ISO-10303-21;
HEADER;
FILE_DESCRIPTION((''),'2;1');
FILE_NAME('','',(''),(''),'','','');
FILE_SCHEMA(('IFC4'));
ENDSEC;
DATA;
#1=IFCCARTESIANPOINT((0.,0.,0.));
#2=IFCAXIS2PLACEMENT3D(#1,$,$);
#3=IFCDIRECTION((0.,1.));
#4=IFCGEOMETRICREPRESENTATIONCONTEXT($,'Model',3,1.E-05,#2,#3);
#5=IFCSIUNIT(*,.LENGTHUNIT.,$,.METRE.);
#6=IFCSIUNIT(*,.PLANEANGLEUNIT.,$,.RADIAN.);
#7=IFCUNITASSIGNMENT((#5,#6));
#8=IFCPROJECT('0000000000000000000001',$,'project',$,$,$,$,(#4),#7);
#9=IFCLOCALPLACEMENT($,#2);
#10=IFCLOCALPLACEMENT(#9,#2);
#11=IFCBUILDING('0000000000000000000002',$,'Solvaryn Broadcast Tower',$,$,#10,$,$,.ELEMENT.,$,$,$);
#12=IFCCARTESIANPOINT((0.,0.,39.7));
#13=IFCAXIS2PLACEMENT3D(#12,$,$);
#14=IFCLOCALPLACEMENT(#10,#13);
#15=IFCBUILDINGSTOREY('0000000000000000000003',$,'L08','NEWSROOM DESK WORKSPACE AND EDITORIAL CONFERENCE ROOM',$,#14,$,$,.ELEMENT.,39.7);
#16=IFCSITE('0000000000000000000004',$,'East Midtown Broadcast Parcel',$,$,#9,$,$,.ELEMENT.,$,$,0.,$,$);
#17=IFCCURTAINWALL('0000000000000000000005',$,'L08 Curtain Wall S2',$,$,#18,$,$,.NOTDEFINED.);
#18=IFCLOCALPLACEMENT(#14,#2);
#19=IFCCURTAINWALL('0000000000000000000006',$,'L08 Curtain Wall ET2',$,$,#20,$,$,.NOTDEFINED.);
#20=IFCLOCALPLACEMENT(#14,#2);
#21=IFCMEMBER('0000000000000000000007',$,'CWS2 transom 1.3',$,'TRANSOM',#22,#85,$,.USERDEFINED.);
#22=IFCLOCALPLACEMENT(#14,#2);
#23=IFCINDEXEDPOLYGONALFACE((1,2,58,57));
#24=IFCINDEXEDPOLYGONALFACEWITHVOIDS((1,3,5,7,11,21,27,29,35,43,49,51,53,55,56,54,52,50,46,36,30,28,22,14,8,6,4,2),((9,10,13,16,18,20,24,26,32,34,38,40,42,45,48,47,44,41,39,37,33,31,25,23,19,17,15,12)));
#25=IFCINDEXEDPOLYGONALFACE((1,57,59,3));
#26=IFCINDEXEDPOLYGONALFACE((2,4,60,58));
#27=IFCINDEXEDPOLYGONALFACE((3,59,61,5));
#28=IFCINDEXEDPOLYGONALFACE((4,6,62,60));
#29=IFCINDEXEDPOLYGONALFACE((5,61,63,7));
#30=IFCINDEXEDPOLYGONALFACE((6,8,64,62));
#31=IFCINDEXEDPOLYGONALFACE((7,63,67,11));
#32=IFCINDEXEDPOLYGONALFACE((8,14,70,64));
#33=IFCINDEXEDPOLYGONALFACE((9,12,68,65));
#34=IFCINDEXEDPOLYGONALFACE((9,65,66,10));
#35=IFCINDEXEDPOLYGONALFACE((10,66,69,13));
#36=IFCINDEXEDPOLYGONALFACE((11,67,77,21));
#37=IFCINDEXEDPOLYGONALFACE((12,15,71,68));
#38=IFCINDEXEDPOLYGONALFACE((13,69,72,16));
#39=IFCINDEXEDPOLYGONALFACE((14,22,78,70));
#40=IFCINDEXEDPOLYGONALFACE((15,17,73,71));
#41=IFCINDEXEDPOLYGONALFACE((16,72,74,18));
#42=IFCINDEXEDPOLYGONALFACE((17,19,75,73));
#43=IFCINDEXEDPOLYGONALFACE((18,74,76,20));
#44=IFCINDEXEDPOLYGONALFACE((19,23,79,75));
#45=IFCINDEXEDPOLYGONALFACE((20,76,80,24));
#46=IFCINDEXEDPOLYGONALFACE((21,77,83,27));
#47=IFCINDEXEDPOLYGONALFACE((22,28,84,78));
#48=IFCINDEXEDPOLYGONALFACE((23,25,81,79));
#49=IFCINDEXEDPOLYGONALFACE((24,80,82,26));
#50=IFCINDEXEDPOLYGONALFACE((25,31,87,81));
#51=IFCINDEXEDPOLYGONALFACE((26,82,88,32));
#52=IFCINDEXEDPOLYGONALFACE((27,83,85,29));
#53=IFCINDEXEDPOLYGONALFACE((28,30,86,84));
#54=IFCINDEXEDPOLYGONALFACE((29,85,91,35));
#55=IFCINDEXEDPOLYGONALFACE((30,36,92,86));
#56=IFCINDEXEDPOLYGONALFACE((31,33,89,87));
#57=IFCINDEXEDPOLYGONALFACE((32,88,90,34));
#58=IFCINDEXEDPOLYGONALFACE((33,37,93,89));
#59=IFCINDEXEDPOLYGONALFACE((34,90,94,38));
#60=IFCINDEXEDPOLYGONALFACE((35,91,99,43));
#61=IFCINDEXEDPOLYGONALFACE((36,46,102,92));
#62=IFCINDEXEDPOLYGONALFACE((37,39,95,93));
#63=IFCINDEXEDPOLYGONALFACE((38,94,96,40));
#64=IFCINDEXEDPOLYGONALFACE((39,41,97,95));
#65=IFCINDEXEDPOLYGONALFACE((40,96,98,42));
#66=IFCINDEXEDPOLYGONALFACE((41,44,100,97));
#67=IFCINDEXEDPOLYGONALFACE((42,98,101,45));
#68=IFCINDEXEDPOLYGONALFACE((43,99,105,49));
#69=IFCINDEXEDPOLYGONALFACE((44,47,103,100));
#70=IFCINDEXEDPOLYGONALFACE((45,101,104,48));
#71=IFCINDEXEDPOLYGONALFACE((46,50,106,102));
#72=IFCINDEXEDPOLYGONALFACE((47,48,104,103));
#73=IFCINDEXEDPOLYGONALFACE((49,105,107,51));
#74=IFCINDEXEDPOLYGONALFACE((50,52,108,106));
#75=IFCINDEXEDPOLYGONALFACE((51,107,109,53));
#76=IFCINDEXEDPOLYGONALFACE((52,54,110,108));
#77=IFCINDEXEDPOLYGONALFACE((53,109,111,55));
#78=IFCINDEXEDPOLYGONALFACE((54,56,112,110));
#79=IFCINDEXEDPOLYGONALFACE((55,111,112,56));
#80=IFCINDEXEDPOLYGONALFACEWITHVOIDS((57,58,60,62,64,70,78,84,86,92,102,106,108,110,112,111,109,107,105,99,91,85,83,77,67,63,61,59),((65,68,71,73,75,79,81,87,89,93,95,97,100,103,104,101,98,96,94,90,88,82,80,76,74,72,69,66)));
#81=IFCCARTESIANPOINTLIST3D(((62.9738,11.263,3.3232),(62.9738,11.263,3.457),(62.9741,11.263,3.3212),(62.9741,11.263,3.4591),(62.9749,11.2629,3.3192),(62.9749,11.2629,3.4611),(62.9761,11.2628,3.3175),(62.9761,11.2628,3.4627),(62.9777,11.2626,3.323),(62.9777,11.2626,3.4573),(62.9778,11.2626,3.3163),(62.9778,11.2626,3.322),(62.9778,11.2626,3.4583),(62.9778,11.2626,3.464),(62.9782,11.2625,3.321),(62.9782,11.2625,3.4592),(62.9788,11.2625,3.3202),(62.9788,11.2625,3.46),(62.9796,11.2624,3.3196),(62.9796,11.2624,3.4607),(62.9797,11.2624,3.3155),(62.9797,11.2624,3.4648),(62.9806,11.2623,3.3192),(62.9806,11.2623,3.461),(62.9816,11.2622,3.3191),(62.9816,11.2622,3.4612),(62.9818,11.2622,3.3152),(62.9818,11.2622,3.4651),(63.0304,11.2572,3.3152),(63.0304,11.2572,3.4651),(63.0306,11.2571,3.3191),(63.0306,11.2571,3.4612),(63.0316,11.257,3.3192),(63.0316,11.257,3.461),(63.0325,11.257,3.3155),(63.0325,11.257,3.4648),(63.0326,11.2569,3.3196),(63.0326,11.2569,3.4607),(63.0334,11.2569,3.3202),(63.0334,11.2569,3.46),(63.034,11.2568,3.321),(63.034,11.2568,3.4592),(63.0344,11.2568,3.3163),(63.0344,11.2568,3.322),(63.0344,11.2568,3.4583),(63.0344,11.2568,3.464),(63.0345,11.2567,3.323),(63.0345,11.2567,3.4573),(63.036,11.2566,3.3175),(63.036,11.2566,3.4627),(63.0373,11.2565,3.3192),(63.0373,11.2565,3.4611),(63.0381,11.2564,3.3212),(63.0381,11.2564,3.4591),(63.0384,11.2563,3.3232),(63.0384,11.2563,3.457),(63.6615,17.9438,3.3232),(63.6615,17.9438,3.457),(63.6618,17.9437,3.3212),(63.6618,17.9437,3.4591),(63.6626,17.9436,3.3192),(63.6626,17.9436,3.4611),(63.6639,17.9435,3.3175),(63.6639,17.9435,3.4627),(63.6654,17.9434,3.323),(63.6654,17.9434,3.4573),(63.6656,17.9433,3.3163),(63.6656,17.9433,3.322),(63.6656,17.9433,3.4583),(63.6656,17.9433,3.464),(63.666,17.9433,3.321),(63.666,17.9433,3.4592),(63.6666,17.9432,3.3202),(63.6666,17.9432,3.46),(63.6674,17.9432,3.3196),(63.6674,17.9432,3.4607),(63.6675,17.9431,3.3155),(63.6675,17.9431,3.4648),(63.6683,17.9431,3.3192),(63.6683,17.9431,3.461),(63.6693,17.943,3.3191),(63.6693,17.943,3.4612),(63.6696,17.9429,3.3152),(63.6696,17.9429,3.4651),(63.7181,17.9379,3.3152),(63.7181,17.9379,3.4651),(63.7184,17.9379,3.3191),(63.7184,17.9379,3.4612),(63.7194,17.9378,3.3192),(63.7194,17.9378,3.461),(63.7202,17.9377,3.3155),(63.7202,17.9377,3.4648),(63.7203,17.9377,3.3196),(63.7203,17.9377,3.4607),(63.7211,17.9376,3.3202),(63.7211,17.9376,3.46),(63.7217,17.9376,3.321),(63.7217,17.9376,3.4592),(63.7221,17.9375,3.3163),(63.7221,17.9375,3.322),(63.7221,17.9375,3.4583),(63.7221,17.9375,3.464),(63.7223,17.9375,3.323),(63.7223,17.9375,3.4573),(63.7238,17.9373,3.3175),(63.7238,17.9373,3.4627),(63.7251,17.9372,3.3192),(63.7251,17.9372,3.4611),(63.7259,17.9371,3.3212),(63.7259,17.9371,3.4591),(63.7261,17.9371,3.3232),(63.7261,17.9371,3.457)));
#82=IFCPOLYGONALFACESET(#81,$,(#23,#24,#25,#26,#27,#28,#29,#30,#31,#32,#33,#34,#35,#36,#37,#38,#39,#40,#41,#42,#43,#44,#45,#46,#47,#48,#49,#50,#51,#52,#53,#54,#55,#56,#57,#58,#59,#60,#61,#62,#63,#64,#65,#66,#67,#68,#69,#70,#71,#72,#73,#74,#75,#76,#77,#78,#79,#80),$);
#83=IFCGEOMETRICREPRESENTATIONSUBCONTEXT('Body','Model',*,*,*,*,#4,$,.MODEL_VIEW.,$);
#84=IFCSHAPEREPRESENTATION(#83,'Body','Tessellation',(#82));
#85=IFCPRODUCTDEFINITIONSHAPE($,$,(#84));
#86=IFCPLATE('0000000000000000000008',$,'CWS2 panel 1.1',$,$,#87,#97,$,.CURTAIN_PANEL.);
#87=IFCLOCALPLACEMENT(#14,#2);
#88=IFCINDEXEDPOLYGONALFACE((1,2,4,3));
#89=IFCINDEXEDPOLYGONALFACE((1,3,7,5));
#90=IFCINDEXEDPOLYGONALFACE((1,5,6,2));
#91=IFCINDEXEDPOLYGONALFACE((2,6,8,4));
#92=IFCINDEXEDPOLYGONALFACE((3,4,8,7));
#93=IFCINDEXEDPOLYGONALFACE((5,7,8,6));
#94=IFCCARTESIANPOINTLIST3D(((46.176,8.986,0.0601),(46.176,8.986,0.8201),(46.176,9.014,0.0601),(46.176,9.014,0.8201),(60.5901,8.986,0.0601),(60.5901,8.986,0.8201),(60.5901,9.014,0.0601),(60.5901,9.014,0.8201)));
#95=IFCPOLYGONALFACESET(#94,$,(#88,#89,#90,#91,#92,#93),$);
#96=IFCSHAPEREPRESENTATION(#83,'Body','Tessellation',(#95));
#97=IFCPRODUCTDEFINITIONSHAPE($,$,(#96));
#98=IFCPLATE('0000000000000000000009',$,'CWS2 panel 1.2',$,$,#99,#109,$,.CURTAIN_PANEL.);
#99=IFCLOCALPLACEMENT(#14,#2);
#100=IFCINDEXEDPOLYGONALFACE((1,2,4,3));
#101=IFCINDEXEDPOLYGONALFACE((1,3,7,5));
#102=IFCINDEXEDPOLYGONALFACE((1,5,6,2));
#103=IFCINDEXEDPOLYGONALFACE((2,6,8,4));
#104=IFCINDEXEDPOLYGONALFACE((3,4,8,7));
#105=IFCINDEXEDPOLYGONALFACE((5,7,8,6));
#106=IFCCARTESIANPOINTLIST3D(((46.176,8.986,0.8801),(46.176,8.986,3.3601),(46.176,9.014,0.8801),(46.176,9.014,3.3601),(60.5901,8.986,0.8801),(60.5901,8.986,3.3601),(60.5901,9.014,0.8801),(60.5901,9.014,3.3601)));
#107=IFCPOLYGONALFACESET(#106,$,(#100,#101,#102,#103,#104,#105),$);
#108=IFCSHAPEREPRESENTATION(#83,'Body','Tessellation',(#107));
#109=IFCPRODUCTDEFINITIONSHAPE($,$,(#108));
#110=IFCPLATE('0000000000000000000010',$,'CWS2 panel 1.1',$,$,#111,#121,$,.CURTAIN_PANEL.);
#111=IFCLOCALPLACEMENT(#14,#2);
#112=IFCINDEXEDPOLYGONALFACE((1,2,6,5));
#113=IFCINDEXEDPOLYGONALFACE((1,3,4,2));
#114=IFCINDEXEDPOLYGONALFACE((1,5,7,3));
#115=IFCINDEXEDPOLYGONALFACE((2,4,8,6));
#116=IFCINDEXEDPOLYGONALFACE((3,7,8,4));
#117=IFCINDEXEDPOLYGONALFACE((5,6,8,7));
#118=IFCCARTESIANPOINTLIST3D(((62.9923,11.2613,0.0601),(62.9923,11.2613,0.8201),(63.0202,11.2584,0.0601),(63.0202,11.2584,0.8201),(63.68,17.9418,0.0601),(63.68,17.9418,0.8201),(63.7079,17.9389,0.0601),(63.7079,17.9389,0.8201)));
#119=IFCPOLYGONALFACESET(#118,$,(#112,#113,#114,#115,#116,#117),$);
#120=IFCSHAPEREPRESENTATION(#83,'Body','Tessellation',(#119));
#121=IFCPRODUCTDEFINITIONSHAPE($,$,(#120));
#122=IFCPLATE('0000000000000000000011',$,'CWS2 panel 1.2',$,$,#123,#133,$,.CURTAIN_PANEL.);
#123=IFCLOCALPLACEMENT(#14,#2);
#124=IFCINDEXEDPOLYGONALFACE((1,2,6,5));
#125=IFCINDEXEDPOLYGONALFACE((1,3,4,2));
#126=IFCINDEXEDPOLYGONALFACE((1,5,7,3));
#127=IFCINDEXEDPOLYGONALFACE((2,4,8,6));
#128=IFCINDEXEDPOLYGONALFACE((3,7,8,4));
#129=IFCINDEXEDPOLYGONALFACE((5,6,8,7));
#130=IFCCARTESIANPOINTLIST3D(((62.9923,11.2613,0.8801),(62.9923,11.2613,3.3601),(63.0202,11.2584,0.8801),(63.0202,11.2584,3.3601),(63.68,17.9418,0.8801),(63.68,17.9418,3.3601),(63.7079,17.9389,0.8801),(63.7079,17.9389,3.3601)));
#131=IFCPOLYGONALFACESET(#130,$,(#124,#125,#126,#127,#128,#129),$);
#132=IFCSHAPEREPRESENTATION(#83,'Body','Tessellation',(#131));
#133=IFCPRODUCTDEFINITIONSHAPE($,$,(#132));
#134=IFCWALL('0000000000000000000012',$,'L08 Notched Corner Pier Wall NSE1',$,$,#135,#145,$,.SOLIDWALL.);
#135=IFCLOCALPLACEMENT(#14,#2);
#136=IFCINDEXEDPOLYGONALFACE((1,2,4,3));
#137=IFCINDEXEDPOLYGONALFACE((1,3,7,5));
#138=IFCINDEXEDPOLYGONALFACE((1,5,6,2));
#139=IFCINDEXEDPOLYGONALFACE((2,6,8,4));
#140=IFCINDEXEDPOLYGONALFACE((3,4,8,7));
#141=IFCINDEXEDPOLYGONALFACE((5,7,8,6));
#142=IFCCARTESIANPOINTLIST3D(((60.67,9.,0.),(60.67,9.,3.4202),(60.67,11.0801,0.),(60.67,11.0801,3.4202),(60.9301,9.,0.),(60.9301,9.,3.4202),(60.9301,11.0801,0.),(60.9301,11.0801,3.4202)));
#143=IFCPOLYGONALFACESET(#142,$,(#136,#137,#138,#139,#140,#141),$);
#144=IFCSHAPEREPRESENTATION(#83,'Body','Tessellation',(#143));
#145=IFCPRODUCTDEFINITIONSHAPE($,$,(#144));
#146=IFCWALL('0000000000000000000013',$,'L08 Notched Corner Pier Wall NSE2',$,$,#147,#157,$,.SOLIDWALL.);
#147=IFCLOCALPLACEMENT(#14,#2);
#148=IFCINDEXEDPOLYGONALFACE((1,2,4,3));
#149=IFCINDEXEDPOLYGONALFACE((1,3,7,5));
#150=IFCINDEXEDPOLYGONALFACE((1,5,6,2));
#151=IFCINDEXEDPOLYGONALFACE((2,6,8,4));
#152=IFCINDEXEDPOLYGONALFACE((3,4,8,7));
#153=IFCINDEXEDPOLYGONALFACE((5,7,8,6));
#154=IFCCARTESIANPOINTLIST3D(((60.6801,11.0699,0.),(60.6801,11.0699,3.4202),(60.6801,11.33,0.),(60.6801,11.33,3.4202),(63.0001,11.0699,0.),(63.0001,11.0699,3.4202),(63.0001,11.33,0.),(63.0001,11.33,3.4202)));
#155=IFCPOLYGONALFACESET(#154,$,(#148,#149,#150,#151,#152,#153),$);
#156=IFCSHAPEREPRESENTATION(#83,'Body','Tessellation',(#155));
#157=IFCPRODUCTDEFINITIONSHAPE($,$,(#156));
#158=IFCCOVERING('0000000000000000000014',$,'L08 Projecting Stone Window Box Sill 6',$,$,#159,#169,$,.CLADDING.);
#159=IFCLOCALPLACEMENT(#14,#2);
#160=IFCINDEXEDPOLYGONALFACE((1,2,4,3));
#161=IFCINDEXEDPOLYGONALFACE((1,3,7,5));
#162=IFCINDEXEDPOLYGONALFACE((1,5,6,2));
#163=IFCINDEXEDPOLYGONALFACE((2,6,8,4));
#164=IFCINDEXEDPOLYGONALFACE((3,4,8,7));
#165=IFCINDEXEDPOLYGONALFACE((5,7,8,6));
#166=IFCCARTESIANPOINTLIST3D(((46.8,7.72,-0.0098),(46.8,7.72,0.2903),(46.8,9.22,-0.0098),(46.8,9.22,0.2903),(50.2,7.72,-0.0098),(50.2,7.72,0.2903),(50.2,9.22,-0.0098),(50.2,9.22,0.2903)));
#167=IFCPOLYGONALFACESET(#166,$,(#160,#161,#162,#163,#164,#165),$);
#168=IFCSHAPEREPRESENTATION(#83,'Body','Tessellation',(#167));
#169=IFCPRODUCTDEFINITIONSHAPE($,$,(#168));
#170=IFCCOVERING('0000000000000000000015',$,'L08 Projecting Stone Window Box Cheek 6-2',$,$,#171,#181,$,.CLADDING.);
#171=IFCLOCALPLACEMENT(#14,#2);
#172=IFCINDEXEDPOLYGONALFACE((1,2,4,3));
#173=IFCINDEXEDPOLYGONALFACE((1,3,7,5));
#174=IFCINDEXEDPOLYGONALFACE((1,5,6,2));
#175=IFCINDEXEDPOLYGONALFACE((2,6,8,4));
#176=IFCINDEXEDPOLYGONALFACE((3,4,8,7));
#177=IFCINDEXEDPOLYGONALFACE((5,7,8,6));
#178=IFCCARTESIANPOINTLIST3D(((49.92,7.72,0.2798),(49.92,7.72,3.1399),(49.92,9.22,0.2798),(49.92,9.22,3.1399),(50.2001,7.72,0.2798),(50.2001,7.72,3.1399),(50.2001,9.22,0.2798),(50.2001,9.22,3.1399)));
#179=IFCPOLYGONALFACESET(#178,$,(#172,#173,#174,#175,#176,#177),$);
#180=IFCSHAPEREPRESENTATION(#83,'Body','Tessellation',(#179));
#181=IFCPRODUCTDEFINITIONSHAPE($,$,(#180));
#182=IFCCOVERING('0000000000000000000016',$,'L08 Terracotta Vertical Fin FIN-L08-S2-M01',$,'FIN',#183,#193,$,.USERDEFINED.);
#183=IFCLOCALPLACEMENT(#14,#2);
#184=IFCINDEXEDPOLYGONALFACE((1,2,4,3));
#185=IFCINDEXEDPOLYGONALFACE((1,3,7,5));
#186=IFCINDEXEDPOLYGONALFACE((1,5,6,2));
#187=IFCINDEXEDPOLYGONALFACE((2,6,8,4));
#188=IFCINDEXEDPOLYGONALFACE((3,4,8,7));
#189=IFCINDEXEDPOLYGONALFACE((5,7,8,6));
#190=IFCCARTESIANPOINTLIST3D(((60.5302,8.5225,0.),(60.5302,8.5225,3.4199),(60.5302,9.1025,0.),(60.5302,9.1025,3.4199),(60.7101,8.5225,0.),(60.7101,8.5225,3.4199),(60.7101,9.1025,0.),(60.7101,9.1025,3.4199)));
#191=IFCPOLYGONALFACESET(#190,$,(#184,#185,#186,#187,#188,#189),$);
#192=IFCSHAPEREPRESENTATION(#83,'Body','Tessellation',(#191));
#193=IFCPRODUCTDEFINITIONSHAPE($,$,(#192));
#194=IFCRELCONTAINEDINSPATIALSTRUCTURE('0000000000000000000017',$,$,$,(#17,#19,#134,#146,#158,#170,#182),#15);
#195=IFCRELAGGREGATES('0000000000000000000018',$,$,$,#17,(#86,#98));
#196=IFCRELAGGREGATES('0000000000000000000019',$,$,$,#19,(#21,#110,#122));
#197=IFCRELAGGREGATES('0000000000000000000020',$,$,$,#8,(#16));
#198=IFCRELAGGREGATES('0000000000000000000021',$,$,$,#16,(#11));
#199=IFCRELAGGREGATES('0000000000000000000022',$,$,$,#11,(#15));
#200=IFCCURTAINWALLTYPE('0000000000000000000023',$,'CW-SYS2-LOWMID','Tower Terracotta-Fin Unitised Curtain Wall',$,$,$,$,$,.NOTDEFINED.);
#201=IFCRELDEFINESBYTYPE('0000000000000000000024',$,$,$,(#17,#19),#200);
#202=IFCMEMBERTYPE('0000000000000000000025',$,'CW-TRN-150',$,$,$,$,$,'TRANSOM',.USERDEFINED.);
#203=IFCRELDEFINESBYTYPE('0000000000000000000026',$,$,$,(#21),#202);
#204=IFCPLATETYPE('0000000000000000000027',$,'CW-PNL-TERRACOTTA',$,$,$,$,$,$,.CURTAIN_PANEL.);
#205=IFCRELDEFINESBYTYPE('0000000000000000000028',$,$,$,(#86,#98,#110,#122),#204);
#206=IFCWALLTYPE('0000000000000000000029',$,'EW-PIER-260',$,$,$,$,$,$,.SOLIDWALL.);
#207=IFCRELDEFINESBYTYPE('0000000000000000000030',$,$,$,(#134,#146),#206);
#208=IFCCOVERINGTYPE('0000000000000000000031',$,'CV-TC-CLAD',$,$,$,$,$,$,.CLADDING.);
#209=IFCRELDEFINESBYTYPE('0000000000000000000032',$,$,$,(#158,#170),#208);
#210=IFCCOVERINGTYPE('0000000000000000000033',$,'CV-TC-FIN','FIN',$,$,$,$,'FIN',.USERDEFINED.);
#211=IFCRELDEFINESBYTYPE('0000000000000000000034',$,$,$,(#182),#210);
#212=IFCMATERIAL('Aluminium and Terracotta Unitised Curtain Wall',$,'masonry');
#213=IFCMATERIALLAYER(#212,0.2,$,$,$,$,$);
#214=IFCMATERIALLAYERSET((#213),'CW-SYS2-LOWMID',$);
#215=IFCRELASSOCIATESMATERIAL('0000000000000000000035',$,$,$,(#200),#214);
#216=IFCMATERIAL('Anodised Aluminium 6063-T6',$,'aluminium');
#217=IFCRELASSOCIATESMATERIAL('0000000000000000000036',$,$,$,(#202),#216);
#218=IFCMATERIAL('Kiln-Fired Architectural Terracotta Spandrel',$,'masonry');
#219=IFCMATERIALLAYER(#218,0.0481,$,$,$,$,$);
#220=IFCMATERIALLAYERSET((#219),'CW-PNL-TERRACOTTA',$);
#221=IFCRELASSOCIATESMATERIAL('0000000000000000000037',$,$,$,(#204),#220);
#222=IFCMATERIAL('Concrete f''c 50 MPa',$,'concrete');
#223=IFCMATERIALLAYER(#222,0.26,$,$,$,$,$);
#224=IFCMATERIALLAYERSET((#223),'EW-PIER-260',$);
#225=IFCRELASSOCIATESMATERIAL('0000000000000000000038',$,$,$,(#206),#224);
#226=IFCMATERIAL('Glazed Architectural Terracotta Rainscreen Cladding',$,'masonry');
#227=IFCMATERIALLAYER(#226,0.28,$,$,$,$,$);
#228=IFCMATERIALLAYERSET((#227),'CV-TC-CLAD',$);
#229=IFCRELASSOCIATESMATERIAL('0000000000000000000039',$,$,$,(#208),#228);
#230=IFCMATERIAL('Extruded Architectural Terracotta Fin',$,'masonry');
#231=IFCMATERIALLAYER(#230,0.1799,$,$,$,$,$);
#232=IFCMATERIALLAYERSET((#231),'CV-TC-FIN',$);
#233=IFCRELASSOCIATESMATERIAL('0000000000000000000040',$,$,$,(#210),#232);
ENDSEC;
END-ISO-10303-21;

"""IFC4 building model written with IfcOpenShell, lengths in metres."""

from ifc_helpers import new_model, si_unit, direction, frame, frame_2d, origin, origin_2d, place, context, subcontext, project, spatial, rectangle, hollow_rectangle, extrude, material, layer, layer_set, material_profile, profile_set, type_object, element, aggregate, save


model = new_model("IFC4")

# Units and contexts
model_context = context("Model", 3, precision=1e-05, world=origin(), true_north=direction((0.0, 1.0)))
body_context = subcontext(model_context, "Body", "Model", "MODEL_VIEW")
ifc_project = project(units=[si_unit("LENGTHUNIT", "METRE"), si_unit("PLANEANGLEUNIT", "RADIAN")], contexts=[model_context])

# Site, building, storey
site_placement = place(None, origin())
site = spatial("IfcSite", under=ifc_project, at=site_placement, Name="East Midtown Broadcast Parcel", CompositionType="ELEMENT", RefElevation=0.0)
building_placement = place(site_placement, origin())
building = spatial("IfcBuilding", under=site, at=building_placement, Name="Solvaryn Broadcast Tower", CompositionType="ELEMENT")
storey_placement = place(building_placement, frame((0.0, 0.0, 39.7)))
storey = spatial("IfcBuildingStorey", under=building, at=storey_placement, Name="L08", Description="NEWSROOM DESK WORKSPACE AND EDITORIAL CONFERENCE ROOM", CompositionType="ELEMENT", Elevation=39.7)

# Curtain wall
ifc_material_1 = material(Name="Aluminium and Terracotta Unitised Curtain Wall", Category="masonry")
ifc_layer_1 = layer(ifc_material_1, 0.2)
ifc_layer_set_1 = layer_set([ifc_layer_1], Name="CW-SYS2-LOWMID")
curtain_wall_type = type_object("IfcCurtainWallType", Name="CW-SYS2-LOWMID", Description="Tower Terracotta-Fin Unitised Curtain Wall", PredefinedType="NOTDEFINED", material=ifc_layer_set_1)
curtain_wall_1_placement = place(storey_placement, origin())
curtain_wall_1 = element("IfcCurtainWall", 1, at=curtain_wall_1_placement, inside=storey, type_object=curtain_wall_type, Name="L08 Curtain Wall S2", PredefinedType="NOTDEFINED")

# Curtain wall, member
curtain_wall_2_placement = place(storey_placement, origin())
curtain_wall_2 = element("IfcCurtainWall", 2, at=curtain_wall_2_placement, inside=storey, type_object=curtain_wall_type, Name="L08 Curtain Wall ET2", PredefinedType="NOTDEFINED")
ifc_material_2 = material(Name="Anodised Aluminium 6063-T6", Category="aluminium")
ifc_material_profile_1 = material_profile(ifc_material_2, hollow_rectangle(XDim=0.0649, YDim=0.1499, WallThickness=0.0039, InnerFilletRadius=0.0039, OuterFilletRadius=0.0081, at=origin_2d()))
ifc_profile_set_1 = profile_set([ifc_material_profile_1], Name="Anodised Aluminium 6063-T6")
member_type_1 = type_object("IfcMemberType", Name="CW-TRN-150", ElementType="TRANSOM", PredefinedType="USERDEFINED", material=ifc_profile_set_1)
member_1_placement = place(storey_placement, frame((63.6938, 17.9404, 3.3901), z_axis=(-0.102404, -0.994743, 0.0), x_axis=(0.994743, -0.102404, 0.0)))
member_1 = element("IfcMember", 3, at=member_1_placement, type_object=member_type_1, Name="CWS2 transom 1.3", ObjectType="TRANSOM", PredefinedType="USERDEFINED", context=body_context, shape_type="SweptSolid", body=[
    extrude(hollow_rectangle(XDim=0.0649, YDim=0.1499, WallThickness=0.0039, InnerFilletRadius=0.0039, OuterFilletRadius=0.0081, at=origin_2d()), origin(), (0.0, 0.0, 1.0), 6.7161),
])

# Plates
ifc_material_3 = material(Name="Kiln-Fired Architectural Terracotta Spandrel", Category="masonry")
ifc_layer_2 = layer(ifc_material_3, 0.0481)
ifc_layer_set_2 = layer_set([ifc_layer_2], Name="CW-PNL-TERRACOTTA")
plate_type = type_object("IfcPlateType", Name="CW-PNL-TERRACOTTA", PredefinedType="CURTAIN_PANEL", material=ifc_layer_set_2)
plate_1_placement = place(storey_placement, frame((53.3831, 9.0, 0.0601), z_axis=(0.0, 0.0, 1.0), x_axis=(1.0, 0.0, 0.0)))
plate_1 = element("IfcPlate", 4, at=plate_1_placement, type_object=plate_type, Name="CWS2 panel 1.1", PredefinedType="CURTAIN_PANEL", context=body_context, shape_type="SweptSolid", body=[
    extrude(rectangle(XDim=14.4141, YDim=0.0281, at=origin_2d()), origin(), (0.0, 0.0, 1.0), 0.76),
])
plate_2_placement = place(storey_placement, frame((53.3831, 9.0, 0.8801), z_axis=(0.0, 0.0, 1.0), x_axis=(1.0, 0.0, 0.0)))
plate_2 = element("IfcPlate", 5, at=plate_2_placement, type_object=plate_type, Name="CWS2 panel 1.2", PredefinedType="CURTAIN_PANEL", context=body_context, shape_type="SweptSolid", body=[
    extrude(rectangle(XDim=14.4141, YDim=0.0281, at=origin_2d()), origin(), (0.0, 0.0, 1.0), 2.48),
])
aggregate(curtain_wall_1, [plate_1, plate_2])
plate_3_placement = place(storey_placement, frame((63.3501, 14.6001, 0.0601), z_axis=(0.0, 0.0, 1.0), x_axis=(-0.1024, -0.994743, 0.0)))
plate_3 = element("IfcPlate", 6, at=plate_3_placement, type_object=plate_type, Name="CWS2 panel 1.1", PredefinedType="CURTAIN_PANEL", context=body_context, shape_type="SweptSolid", body=[
    extrude(rectangle(XDim=6.7158, YDim=0.0281, at=origin_2d()), origin(), (0.0, 0.0, 1.0), 0.76),
])
plate_4_placement = place(storey_placement, frame((63.3501, 14.6001, 0.8801), z_axis=(0.0, 0.0, 1.0), x_axis=(-0.1024, -0.994743, 0.0)))
plate_4 = element("IfcPlate", 7, at=plate_4_placement, type_object=plate_type, Name="CWS2 panel 1.2", PredefinedType="CURTAIN_PANEL", context=body_context, shape_type="SweptSolid", body=[
    extrude(rectangle(XDim=6.7158, YDim=0.0281, at=origin_2d()), origin(), (0.0, 0.0, 1.0), 2.48),
])
aggregate(curtain_wall_2, [member_1, plate_3, plate_4])

# Walls
ifc_material_4 = material(Name="Concrete f'c 50 MPa", Category="concrete")
ifc_layer_3 = layer(ifc_material_4, 0.26)
ifc_layer_set_3 = layer_set([ifc_layer_3], Name="EW-PIER-260")
wall_type = type_object("IfcWallType", Name="EW-PIER-260", PredefinedType="SOLIDWALL", material=ifc_layer_set_3)
wall_1_placement = place(storey_placement, frame((60.8, 9.0, 0.0), z_axis=(0.0, 0.0, 1.0), x_axis=(0.0, 1.0, 0.0)))
element("IfcWall", 8, at=wall_1_placement, inside=storey, type_object=wall_type, Name="L08 Notched Corner Pier Wall NSE1", PredefinedType="SOLIDWALL", context=body_context, shape_type="SweptSolid", body=[
    extrude(rectangle(XDim=2.0801, YDim=0.26, at=frame_2d((1.04, 0.0))), origin(), (0.0, 0.0, 1.0), 3.4202),
])
wall_2_placement = place(storey_placement, frame((60.6799, 11.2, 0.0), z_axis=(0.0, 0.0, 1.0), x_axis=(1.0, 0.0, 0.0)))
element("IfcWall", 9, at=wall_2_placement, inside=storey, type_object=wall_type, Name="L08 Notched Corner Pier Wall NSE2", PredefinedType="SOLIDWALL", context=body_context, shape_type="SweptSolid", body=[
    extrude(rectangle(XDim=2.3201, YDim=0.26, at=frame_2d((1.1602, 0.0))), origin(), (0.0, 0.0, 1.0), 3.4202),
])

# Coverings
ifc_material_5 = material(Name="Glazed Architectural Terracotta Rainscreen Cladding", Category="masonry")
ifc_layer_4 = layer(ifc_material_5, 0.28)
ifc_layer_set_4 = layer_set([ifc_layer_4], Name="CV-TC-CLAD")
covering_type_1 = type_object("IfcCoveringType", Name="CV-TC-CLAD", PredefinedType="CLADDING", material=ifc_layer_set_4)
covering_1_placement = place(storey_placement, frame((48.5, 8.47, -0.0098), z_axis=(0.0, 0.0, 1.0), x_axis=(1.0, 0.0, 0.0)))
element("IfcCovering", 10, at=covering_1_placement, inside=storey, type_object=covering_type_1, Name="L08 Projecting Stone Window Box Sill 6", PredefinedType="CLADDING", context=body_context, shape_type="SweptSolid", body=[
    extrude(rectangle(XDim=3.3999, YDim=1.5, at=origin_2d()), origin(), (0.0, 0.0, 1.0), 0.3),
])
covering_2_placement = place(storey_placement, frame((50.0601, 8.47, 0.2798), z_axis=(0.0, 0.0, 1.0), x_axis=(1.0, 0.0, 0.0)))
element("IfcCovering", 11, at=covering_2_placement, inside=storey, type_object=covering_type_1, Name="L08 Projecting Stone Window Box Cheek 6-2", PredefinedType="CLADDING", context=body_context, shape_type="SweptSolid", body=[
    extrude(rectangle(XDim=0.28, YDim=1.5, at=origin_2d()), origin(), (0.0, 0.0, 1.0), 2.8601),
])
ifc_material_6 = material(Name="Extruded Architectural Terracotta Fin", Category="masonry")
ifc_layer_5 = layer(ifc_material_6, 0.1799)
ifc_layer_set_5 = layer_set([ifc_layer_5], Name="CV-TC-FIN")
covering_type_2 = type_object("IfcCoveringType", Name="CV-TC-FIN", Description="FIN", ElementType="FIN", PredefinedType="USERDEFINED", material=ifc_layer_set_5)
covering_3_placement = place(storey_placement, frame((60.6201, 8.8125, 0.0), z_axis=(0.0, 0.0, 1.0), x_axis=(1.0, 0.0, 0.0)))
element("IfcCovering", 12, at=covering_3_placement, inside=storey, type_object=covering_type_2, Name="L08 Terracotta Vertical Fin FIN-L08-S2-M01", ObjectType="FIN", PredefinedType="USERDEFINED", context=body_context, shape_type="SweptSolid", body=[
    extrude(rectangle(XDim=0.1799, YDim=0.5801, at=origin_2d()), origin(), (0.0, 0.0, 1.0), 3.4199),
])

save(model, "model.ifc")
